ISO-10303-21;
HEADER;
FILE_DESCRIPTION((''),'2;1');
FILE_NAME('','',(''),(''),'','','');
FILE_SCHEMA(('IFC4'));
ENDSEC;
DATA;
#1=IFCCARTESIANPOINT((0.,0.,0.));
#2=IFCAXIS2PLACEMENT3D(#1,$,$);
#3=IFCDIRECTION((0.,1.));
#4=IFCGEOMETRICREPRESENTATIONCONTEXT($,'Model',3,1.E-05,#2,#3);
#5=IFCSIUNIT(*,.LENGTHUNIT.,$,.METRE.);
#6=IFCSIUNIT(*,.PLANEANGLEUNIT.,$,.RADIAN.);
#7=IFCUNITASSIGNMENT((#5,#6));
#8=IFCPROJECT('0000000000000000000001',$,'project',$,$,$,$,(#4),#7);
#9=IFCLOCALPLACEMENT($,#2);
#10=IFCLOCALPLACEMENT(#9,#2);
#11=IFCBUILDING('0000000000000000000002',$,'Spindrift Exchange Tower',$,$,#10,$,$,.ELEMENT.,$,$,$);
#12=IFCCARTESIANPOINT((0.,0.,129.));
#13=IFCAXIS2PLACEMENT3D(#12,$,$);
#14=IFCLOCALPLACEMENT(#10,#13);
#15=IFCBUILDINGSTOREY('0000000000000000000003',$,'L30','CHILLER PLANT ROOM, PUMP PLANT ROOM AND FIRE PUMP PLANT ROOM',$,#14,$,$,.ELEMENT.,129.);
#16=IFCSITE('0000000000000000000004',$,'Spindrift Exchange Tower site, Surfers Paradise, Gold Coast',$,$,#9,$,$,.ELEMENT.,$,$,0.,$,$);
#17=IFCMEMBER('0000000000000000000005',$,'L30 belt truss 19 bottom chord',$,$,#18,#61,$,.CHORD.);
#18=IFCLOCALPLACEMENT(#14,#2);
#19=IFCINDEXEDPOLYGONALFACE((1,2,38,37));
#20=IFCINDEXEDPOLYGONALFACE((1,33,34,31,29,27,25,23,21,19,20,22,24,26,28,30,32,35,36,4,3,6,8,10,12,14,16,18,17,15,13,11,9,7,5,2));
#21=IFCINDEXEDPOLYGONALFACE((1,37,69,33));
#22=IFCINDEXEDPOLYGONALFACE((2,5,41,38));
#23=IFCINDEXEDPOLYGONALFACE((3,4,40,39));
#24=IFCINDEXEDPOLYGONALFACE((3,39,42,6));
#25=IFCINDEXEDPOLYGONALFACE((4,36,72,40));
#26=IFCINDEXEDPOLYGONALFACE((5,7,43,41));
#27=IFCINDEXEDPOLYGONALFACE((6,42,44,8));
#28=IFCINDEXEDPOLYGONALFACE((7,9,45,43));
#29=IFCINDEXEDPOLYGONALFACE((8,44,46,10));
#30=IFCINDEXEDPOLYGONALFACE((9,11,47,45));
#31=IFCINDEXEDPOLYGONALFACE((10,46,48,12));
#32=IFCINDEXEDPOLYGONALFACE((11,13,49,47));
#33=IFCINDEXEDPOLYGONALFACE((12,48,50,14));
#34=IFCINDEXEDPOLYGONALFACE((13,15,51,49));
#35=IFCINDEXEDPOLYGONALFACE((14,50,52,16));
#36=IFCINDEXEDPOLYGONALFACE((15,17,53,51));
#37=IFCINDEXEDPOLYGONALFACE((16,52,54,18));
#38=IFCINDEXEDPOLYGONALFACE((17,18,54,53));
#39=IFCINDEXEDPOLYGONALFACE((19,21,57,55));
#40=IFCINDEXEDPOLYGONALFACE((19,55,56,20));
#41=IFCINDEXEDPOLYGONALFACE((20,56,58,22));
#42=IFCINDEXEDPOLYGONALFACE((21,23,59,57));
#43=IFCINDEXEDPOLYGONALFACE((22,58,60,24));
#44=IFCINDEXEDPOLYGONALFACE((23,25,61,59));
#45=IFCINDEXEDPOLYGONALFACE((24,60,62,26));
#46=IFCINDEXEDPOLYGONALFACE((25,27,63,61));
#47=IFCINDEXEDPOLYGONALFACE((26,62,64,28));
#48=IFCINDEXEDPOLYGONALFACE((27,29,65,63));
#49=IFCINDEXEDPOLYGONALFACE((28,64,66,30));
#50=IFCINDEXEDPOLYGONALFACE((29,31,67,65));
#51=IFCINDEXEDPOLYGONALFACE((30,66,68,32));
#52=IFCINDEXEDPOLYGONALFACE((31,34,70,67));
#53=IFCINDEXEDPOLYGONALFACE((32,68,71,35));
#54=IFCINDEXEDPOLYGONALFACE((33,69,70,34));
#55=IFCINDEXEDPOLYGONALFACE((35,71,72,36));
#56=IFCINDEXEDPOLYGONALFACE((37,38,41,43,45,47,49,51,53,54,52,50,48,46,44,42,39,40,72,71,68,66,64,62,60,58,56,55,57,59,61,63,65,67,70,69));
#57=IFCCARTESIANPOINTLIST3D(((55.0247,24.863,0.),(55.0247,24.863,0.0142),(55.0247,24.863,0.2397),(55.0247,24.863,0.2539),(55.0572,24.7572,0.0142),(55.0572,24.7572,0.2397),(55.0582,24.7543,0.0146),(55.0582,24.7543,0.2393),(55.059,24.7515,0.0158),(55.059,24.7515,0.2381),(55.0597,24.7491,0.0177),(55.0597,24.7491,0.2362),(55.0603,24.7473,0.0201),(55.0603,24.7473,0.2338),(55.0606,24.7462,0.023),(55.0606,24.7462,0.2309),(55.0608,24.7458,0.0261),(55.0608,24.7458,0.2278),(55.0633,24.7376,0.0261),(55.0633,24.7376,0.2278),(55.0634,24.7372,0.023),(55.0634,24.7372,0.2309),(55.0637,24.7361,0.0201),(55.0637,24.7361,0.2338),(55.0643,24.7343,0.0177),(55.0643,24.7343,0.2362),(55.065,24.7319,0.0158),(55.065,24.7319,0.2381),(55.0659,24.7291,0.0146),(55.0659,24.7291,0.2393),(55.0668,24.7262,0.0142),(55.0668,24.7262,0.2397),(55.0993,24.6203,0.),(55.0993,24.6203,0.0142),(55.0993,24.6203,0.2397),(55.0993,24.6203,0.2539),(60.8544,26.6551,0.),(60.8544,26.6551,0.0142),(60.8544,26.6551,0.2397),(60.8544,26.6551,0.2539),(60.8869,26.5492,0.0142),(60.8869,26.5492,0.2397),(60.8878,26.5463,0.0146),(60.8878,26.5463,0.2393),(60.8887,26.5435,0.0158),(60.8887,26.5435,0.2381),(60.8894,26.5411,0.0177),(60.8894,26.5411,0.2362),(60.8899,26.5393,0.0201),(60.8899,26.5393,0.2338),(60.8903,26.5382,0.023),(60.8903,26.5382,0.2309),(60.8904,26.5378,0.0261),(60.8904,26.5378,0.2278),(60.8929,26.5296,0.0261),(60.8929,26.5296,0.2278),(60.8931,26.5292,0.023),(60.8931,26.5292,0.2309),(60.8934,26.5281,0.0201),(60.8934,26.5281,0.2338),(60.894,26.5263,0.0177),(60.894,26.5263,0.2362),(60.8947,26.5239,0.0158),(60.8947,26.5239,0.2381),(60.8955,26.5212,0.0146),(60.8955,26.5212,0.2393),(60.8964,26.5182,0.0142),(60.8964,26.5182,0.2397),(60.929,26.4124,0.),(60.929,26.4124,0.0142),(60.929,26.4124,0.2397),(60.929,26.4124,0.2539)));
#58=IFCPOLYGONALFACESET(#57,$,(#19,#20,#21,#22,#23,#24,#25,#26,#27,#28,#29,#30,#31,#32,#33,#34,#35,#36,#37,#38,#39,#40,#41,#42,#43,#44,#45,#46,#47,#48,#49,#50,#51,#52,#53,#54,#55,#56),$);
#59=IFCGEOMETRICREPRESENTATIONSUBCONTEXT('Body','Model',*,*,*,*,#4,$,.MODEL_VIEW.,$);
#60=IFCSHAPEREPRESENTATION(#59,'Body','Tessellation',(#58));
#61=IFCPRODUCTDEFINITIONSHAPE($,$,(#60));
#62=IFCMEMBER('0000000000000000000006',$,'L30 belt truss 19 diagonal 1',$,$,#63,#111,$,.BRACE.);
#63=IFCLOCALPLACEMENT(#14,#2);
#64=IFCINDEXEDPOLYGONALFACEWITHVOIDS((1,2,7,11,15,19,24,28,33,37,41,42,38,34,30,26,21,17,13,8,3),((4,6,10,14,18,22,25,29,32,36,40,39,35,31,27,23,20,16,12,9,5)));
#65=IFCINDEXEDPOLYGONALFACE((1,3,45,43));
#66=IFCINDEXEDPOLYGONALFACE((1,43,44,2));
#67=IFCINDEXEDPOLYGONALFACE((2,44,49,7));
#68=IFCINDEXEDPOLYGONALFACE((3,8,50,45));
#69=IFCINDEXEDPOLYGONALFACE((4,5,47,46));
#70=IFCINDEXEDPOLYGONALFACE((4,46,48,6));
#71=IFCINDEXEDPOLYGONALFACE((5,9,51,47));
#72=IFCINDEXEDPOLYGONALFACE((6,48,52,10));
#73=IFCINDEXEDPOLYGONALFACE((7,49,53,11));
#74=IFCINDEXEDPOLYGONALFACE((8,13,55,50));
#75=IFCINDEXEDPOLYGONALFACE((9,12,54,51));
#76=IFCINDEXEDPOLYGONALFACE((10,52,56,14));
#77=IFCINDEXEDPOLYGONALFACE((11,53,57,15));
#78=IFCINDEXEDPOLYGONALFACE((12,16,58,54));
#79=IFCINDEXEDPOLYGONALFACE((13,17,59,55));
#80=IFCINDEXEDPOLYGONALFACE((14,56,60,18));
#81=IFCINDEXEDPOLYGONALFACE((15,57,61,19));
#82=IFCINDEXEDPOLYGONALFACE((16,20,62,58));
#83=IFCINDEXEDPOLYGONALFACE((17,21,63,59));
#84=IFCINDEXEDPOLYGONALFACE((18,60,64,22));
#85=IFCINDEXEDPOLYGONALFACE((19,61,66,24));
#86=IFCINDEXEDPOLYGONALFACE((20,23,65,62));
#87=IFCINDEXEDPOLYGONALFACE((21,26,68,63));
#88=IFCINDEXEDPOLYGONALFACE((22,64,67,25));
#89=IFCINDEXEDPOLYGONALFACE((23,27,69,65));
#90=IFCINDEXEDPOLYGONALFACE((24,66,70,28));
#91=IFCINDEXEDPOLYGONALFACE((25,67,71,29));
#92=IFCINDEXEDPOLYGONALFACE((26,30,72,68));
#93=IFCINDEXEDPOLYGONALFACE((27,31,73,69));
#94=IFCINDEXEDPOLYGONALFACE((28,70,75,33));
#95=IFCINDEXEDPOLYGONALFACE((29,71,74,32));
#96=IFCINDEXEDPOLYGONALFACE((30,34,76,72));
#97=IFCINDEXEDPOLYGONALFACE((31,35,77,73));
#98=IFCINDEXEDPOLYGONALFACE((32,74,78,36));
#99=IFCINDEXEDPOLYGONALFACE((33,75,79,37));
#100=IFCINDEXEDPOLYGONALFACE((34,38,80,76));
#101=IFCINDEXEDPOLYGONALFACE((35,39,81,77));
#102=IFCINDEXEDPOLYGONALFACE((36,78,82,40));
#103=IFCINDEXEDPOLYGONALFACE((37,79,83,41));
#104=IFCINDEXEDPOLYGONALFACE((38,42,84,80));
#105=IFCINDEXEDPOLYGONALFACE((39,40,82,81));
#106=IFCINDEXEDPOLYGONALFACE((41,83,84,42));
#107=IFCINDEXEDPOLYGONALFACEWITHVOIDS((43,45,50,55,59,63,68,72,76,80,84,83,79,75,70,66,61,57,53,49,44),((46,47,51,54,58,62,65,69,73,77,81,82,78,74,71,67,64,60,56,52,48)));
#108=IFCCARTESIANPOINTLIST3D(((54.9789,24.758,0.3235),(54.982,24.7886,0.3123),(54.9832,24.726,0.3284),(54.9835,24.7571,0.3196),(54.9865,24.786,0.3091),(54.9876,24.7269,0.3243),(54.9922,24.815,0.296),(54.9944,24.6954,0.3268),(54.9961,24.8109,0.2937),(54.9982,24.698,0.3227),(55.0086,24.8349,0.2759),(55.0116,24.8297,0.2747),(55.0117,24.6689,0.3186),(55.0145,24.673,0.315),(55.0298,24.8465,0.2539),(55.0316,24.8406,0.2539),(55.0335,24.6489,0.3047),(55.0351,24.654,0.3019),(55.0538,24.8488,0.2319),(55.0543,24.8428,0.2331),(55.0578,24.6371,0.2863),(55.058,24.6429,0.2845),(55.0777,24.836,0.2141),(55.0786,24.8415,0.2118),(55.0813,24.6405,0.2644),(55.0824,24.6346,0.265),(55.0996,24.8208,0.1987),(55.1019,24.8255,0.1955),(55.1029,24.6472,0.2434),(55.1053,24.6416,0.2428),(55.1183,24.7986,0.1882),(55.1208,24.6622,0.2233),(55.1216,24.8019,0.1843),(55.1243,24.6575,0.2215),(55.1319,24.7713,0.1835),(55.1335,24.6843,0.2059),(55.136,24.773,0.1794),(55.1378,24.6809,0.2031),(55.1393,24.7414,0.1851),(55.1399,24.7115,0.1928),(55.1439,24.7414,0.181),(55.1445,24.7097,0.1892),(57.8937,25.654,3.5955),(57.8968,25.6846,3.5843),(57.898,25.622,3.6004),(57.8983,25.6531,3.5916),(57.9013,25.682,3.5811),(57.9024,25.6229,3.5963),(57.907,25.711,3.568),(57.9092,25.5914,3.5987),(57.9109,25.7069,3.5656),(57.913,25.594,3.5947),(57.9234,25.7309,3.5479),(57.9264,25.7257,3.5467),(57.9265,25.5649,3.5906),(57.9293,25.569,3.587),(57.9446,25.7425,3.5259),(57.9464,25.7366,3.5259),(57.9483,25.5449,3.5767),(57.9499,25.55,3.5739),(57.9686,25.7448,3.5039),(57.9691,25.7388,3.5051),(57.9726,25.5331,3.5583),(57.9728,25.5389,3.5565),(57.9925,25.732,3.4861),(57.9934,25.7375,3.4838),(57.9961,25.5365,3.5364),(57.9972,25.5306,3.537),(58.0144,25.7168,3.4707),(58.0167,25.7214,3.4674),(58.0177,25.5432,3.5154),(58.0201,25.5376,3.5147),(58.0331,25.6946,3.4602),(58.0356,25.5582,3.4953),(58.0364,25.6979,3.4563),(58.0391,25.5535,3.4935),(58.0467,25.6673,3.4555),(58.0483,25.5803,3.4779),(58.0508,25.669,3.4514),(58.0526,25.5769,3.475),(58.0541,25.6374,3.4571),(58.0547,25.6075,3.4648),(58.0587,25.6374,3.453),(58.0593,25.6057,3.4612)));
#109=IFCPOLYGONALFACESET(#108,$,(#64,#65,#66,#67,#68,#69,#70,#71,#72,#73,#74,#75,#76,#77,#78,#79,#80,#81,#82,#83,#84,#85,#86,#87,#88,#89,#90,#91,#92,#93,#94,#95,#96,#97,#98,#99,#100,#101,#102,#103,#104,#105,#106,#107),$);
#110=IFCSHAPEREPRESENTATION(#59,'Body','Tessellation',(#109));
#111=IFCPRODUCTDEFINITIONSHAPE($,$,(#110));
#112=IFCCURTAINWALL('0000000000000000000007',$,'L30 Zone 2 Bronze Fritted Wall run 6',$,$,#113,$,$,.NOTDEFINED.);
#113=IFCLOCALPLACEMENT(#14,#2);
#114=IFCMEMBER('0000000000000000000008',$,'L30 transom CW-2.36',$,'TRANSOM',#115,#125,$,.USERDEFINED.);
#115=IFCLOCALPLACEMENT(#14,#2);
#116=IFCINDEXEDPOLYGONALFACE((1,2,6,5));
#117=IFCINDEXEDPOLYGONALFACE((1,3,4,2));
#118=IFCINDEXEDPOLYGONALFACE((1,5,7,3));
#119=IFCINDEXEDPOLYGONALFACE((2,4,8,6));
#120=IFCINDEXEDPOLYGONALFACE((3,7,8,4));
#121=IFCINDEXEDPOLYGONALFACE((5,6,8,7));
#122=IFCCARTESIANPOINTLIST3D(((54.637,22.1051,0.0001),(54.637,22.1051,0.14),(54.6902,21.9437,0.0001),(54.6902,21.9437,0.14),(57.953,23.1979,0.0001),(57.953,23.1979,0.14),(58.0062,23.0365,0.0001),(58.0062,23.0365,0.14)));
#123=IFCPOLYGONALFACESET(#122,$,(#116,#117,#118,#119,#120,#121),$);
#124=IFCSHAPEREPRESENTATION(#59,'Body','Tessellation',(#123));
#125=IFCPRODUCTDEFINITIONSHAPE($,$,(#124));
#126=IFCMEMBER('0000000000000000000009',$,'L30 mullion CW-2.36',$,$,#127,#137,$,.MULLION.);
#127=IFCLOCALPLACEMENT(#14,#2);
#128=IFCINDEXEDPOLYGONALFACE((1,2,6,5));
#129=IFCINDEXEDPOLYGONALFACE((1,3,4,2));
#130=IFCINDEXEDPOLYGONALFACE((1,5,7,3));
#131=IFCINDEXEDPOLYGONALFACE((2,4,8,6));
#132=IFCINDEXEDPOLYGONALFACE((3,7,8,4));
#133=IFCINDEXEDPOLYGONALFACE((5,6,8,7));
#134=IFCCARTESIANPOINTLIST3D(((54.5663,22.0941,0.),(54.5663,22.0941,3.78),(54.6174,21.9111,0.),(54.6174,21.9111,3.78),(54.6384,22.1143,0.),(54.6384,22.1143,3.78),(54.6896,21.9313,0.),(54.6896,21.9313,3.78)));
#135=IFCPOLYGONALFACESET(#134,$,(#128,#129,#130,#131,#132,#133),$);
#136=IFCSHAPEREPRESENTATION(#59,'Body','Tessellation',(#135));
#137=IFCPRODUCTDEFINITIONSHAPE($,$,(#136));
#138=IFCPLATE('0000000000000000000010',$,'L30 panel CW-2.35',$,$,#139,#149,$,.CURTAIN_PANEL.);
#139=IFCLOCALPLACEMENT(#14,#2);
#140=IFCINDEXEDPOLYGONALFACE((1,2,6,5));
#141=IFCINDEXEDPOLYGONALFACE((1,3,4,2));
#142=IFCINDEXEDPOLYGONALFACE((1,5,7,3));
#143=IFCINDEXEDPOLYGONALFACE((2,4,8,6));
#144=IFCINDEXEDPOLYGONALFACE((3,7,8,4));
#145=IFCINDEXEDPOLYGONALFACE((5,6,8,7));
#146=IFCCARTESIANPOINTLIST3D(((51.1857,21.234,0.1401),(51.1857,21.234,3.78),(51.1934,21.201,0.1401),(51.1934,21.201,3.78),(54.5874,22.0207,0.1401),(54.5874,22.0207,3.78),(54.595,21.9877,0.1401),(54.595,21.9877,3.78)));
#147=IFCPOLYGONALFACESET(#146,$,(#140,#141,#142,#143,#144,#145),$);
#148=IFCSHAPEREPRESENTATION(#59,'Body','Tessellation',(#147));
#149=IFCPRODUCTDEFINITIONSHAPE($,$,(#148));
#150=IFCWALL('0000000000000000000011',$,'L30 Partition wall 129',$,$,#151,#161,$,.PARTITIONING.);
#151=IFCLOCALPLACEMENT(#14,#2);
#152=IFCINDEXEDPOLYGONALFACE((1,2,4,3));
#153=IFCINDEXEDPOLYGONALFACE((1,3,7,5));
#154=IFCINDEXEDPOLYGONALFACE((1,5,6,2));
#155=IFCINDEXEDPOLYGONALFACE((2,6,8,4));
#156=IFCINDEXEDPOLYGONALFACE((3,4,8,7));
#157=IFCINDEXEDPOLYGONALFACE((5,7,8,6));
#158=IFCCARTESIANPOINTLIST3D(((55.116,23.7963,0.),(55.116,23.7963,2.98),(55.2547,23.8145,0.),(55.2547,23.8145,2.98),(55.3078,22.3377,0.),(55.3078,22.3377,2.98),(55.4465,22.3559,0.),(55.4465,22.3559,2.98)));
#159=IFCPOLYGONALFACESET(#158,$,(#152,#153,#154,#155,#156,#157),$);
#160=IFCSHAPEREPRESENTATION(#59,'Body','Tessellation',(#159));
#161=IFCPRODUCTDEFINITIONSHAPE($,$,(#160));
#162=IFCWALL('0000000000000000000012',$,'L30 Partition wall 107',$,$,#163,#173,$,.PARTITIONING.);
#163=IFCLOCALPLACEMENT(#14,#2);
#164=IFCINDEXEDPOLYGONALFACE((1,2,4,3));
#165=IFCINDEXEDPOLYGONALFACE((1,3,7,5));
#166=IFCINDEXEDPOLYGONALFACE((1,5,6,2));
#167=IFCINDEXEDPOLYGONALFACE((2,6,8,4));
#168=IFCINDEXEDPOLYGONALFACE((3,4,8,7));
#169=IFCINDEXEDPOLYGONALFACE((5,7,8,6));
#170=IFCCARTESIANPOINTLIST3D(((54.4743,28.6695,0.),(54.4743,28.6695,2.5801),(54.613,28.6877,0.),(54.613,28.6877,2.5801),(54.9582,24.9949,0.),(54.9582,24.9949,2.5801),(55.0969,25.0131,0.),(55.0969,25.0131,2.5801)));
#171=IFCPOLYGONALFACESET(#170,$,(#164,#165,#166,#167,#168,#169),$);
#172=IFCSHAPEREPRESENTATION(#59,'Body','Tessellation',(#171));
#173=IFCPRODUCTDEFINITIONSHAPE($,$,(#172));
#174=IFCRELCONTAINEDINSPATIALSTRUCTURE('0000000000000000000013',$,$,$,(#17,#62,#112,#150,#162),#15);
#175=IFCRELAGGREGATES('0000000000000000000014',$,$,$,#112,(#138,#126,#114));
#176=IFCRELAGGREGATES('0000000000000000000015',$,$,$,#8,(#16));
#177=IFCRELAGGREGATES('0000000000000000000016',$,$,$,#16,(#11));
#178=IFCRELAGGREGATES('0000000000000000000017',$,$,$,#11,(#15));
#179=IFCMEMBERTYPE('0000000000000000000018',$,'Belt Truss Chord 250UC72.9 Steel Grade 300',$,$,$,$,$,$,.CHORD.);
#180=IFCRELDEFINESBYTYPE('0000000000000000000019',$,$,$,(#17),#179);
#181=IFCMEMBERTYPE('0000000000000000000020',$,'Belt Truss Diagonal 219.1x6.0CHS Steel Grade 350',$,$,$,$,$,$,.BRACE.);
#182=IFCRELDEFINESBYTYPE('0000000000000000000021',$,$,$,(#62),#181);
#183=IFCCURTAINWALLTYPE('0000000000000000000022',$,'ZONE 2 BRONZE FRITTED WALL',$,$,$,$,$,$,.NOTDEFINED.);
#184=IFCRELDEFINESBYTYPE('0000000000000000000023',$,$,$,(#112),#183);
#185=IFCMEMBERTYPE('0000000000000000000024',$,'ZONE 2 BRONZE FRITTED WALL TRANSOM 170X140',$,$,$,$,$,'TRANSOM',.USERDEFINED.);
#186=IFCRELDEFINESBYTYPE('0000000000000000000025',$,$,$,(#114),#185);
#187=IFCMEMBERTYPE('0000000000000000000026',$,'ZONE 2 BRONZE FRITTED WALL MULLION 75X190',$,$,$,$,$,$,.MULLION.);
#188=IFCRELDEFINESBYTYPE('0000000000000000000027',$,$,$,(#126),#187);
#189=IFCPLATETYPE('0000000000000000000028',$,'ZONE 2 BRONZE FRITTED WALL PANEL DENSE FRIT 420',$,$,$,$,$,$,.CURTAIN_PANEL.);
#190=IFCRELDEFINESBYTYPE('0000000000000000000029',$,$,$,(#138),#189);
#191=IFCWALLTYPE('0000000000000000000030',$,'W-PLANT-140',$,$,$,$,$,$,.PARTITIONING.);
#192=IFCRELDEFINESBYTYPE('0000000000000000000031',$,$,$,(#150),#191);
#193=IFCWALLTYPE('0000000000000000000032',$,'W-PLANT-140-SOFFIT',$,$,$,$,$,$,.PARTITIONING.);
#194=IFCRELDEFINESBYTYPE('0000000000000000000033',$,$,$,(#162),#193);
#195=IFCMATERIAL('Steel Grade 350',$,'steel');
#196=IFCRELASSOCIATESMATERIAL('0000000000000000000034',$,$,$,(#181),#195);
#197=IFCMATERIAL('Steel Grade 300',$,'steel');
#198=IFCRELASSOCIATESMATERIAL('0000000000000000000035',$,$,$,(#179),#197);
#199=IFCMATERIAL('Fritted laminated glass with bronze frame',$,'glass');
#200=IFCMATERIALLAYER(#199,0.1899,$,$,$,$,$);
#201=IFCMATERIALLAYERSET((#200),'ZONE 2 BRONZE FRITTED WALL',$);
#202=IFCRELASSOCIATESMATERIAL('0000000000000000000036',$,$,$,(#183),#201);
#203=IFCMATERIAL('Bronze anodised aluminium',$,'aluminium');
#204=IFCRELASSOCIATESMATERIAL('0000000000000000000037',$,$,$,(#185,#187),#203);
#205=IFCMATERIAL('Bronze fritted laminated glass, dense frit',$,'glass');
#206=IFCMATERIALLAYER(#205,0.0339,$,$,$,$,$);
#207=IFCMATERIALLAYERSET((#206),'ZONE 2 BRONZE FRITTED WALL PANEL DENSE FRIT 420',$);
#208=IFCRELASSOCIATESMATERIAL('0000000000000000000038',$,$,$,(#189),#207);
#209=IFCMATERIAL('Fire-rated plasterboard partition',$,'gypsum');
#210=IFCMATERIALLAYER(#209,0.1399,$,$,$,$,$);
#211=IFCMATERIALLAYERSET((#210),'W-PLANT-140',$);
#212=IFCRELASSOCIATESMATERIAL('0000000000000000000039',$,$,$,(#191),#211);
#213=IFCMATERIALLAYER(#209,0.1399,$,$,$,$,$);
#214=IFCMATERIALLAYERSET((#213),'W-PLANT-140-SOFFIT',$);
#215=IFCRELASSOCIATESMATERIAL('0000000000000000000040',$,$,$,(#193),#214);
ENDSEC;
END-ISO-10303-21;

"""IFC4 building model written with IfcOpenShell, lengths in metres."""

from ifc_helpers import new_model, si_unit, direction, frame, frame_2d, origin, origin_2d, place, context, subcontext, project, spatial, rectangle, hollow_circle, i_section, extrude, source, transform, mapped, material, layer, layer_set, material_profile, profile_set, type_object, element, aggregate, save


model = new_model("IFC4")

# Units and contexts
model_context = context("Model", 3, precision=1e-05, world=origin(), true_north=direction((0.0, 1.0)))
body_context = subcontext(model_context, "Body", "Model", "MODEL_VIEW")
ifc_project = project(units=[si_unit("LENGTHUNIT", "METRE"), si_unit("PLANEANGLEUNIT", "RADIAN")], contexts=[model_context])

# Site, building, storey
site_placement = place(None, origin())
site = spatial("IfcSite", under=ifc_project, at=site_placement, Name="Spindrift Exchange Tower site, Surfers Paradise, Gold Coast", CompositionType="ELEMENT", RefElevation=0.0)
building_placement = place(site_placement, origin())
building = spatial("IfcBuilding", under=site, at=building_placement, Name="Spindrift Exchange Tower", CompositionType="ELEMENT")
storey_placement = place(building_placement, frame((0.0, 0.0, 129.0)))
storey = spatial("IfcBuildingStorey", under=building, at=storey_placement, Name="L30", Description="CHILLER PLANT ROOM, PUMP PLANT ROOM AND FIRE PUMP PLANT ROOM", CompositionType="ELEMENT", Elevation=129.0)

# Shared definitions
ifc_material_1 = material(Name="Steel Grade 300", Category="steel")

# Members
ifc_material_2 = material(Name="Steel Grade 350", Category="steel")
ifc_material_profile_1 = material_profile(ifc_material_2, hollow_circle(Radius=0.1096, WallThickness=0.0061, at=origin_2d()), Name="219.1x6.0CHS")
ifc_profile_set_1 = profile_set([ifc_material_profile_1], Name="Steel Grade 350")
member_type_1 = type_object("IfcMemberType", Name="Belt Truss Diagonal 219.1x6.0CHS Steel Grade 350", PredefinedType="BRACE", material=ifc_profile_set_1)
ifc_material_profile_2 = material_profile(ifc_material_1, i_section(OverallWidth=0.2539, OverallDepth=0.2539, WebThickness=0.0085, FlangeThickness=0.0142, FilletRadius=0.012, at=origin_2d()), Name="250UC72.9")
ifc_profile_set_2 = profile_set([ifc_material_profile_2], Name="Steel Grade 300")
member_type_2 = type_object("IfcMemberType", Name="Belt Truss Chord 250UC72.9 Steel Grade 300", PredefinedType="CHORD", material=ifc_profile_set_2)
shared_shape_1 = source(origin(), body_context, "Body", "SweptSolid", [
    extrude(i_section(OverallWidth=0.2539, OverallDepth=0.2539, WebThickness=0.0085, FlangeThickness=0.0142, FilletRadius=0.012, at=origin_2d()), origin(), (0.0, 0.0, 1.0), 6.0989),
])
for number, where, z_axis, x_axis, name in (
    (1, (55.062, 24.7417, 0.127), (0.955859, 0.293827, 0.0), (-0.293827, 0.955859, 0.0), "L30 belt truss 19 bottom chord"),
):
    element("IfcMember", number, at=place(storey_placement, frame(where, z_axis=z_axis, x_axis=x_axis)), inside=storey, type_object=member_type_2, Name=name, PredefinedType="CHORD", context=body_context, shape_type="MappedRepresentation", body=[
        mapped(shared_shape_1, transform((0.0, 0.0, 0.0), scale=1.0)),
    ])
shared_shape_2 = source(origin(), body_context, "Body", "SweptSolid", [
    extrude(hollow_circle(Radius=0.1096, WallThickness=0.0061, at=origin_2d()), origin(), (0.0, 0.0, 1.0), 4.4727),
])
member_1_placement = place(storey_placement, frame((55.062, 24.7417, 0.2539), z_axis=(0.651692, 0.200328, 0.73155), x_axis=(-0.293827, 0.955859, 0.0)))
element("IfcMember", 2, at=member_1_placement, inside=storey, type_object=member_type_1, Name="L30 belt truss 19 diagonal 1", PredefinedType="BRACE", context=body_context, shape_type="MappedRepresentation", body=[
    mapped(shared_shape_2, transform((0.0, 0.0, 0.0), scale=1.0)),
])

# Curtain wall, members, plate
ifc_material_3 = material(Name="Fritted laminated glass with bronze frame", Category="glass")
ifc_layer_1 = layer(ifc_material_3, 0.1899)
ifc_layer_set_1 = layer_set([ifc_layer_1], Name="ZONE 2 BRONZE FRITTED WALL")
curtain_wall_type = type_object("IfcCurtainWallType", Name="ZONE 2 BRONZE FRITTED WALL", PredefinedType="NOTDEFINED", material=ifc_layer_set_1)
curtain_wall_placement = place(storey_placement, origin())
curtain_wall = element("IfcCurtainWall", 3, at=curtain_wall_placement, inside=storey, type_object=curtain_wall_type, Name="L30 Zone 2 Bronze Fritted Wall run 6", PredefinedType="NOTDEFINED")
ifc_material_4 = material(Name="Bronze anodised aluminium", Category="aluminium")
ifc_material_profile_3 = material_profile(ifc_material_4, rectangle(XDim=0.1699, YDim=0.1399, at=origin_2d()), Name="ZONE 2 BRONZE FRITTED WALL TRANSOM 170X140")
ifc_profile_set_3 = profile_set([ifc_material_profile_3], Name="Bronze anodised aluminium")
member_type_3 = type_object("IfcMemberType", Name="ZONE 2 BRONZE FRITTED WALL TRANSOM 170X140", ElementType="TRANSOM", PredefinedType="USERDEFINED", material=ifc_profile_set_3)
shared_shape_3 = source(origin(), body_context, "Body", "SweptSolid", [
    extrude(rectangle(XDim=0.1699, YDim=0.1399, at=origin_2d()), origin(), (0.0, 0.0, 1.0), 3.4915),
])
member_2_placement = place(storey_placement, frame((54.6636, 22.0244, 0.0701), z_axis=(0.949755, 0.312995, 0.0), x_axis=(-0.312995, 0.949755, 0.0)))
member_2 = element("IfcMember", 4, at=member_2_placement, type_object=member_type_3, Name="L30 transom CW-2.36", ObjectType="TRANSOM", PredefinedType="USERDEFINED", context=body_context, shape_type="MappedRepresentation", body=[
    mapped(shared_shape_3, transform((0.0, 0.0, 0.0), scale=1.0)),
])
ifc_material_profile_4 = material_profile(ifc_material_4, rectangle(XDim=0.075, YDim=0.1899, at=origin_2d()), Name="ZONE 2 BRONZE FRITTED WALL MULLION 75X190")
ifc_profile_set_4 = profile_set([ifc_material_profile_4], Name="Bronze anodised aluminium")
member_type_4 = type_object("IfcMemberType", Name="ZONE 2 BRONZE FRITTED WALL MULLION 75X190", PredefinedType="MULLION", material=ifc_profile_set_4)
shared_shape_4 = source(origin(), body_context, "Body", "SweptSolid", [
    extrude(rectangle(XDim=0.075, YDim=0.1899, at=origin_2d()), origin(), (0.0, 0.0, 1.0), 3.78),
])
member_3_placement = place(storey_placement, frame((54.6279, 22.0127, 0.0), z_axis=(0.0, 0.0, 1.0), x_axis=(0.963014, 0.269452, 0.0)))
member_3 = element("IfcMember", 5, at=member_3_placement, type_object=member_type_4, Name="L30 mullion CW-2.36", PredefinedType="MULLION", context=body_context, shape_type="MappedRepresentation", body=[
    mapped(shared_shape_4, transform((0.0, 0.0, 0.0), scale=1.0)),
])
ifc_material_5 = material(Name="Bronze fritted laminated glass, dense frit", Category="glass")
ifc_layer_2 = layer(ifc_material_5, 0.0339)
ifc_layer_set_2 = layer_set([ifc_layer_2], Name="ZONE 2 BRONZE FRITTED WALL PANEL DENSE FRIT 420")
plate_type = type_object("IfcPlateType", Name="ZONE 2 BRONZE FRITTED WALL PANEL DENSE FRIT 420", PredefinedType="CURTAIN_PANEL", material=ifc_layer_set_2)
shared_shape_5 = source(origin(), body_context, "Body", "SweptSolid", [
    extrude(rectangle(XDim=3.4915, YDim=0.0339, at=origin_2d()), origin(), (0.0, 0.0, 1.0), 3.6399),
])
plate_placement = place(storey_placement, frame((52.8904, 21.6108, 0.1401), z_axis=(0.0, 0.0, 1.0), x_axis=(0.974284, 0.225325, 0.0)))
plate = element("IfcPlate", 6, at=plate_placement, type_object=plate_type, Name="L30 panel CW-2.35", PredefinedType="CURTAIN_PANEL", context=body_context, shape_type="MappedRepresentation", body=[
    mapped(shared_shape_5, transform((0.0, 0.0, 0.0), scale=1.0)),
])
aggregate(curtain_wall, [plate, member_3, member_2])

# Walls
ifc_material_6 = material(Name="Fire-rated plasterboard partition", Category="gypsum")
ifc_layer_3 = layer(ifc_material_6, 0.1399)
ifc_layer_set_3 = layer_set([ifc_layer_3], Name="W-PLANT-140")
wall_type_1 = type_object("IfcWallType", Name="W-PLANT-140", PredefinedType="PARTITIONING", material=ifc_layer_set_3)
wall_1_placement = place(storey_placement, frame((55.1853, 23.8054, 0.0), z_axis=(0.0, 0.0, 1.0), x_axis=(0.130424, -0.991458, 0.0)))
element("IfcWall", 7, at=wall_1_placement, inside=storey, type_object=wall_type_1, Name="L30 Partition wall 129", PredefinedType="PARTITIONING", context=body_context, shape_type="SweptSolid", body=[
    extrude(rectangle(XDim=1.4712, YDim=0.1399, at=frame_2d((0.7356, 0.0))), origin(), (0.0, 0.0, 1.0), 2.98),
])
ifc_layer_4 = layer(ifc_material_6, 0.1399)
ifc_layer_set_4 = layer_set([ifc_layer_4], Name="W-PLANT-140-SOFFIT")
wall_type_2 = type_object("IfcWallType", Name="W-PLANT-140-SOFFIT", PredefinedType="PARTITIONING", material=ifc_layer_set_4)
wall_2_placement = place(storey_placement, frame((54.5437, 28.6785, 0.0), z_axis=(0.0, 0.0, 1.0), x_axis=(0.130558, -0.991441, 0.0)))
element("IfcWall", 8, at=wall_2_placement, inside=storey, type_object=wall_type_2, Name="L30 Partition wall 107", PredefinedType="PARTITIONING", context=body_context, shape_type="SweptSolid", body=[
    extrude(rectangle(XDim=3.7063, YDim=0.1399, at=frame_2d((1.853, 0.0))), origin(), (0.0, 0.0, 1.0), 2.5801),
])

save(model, "model.ifc")
